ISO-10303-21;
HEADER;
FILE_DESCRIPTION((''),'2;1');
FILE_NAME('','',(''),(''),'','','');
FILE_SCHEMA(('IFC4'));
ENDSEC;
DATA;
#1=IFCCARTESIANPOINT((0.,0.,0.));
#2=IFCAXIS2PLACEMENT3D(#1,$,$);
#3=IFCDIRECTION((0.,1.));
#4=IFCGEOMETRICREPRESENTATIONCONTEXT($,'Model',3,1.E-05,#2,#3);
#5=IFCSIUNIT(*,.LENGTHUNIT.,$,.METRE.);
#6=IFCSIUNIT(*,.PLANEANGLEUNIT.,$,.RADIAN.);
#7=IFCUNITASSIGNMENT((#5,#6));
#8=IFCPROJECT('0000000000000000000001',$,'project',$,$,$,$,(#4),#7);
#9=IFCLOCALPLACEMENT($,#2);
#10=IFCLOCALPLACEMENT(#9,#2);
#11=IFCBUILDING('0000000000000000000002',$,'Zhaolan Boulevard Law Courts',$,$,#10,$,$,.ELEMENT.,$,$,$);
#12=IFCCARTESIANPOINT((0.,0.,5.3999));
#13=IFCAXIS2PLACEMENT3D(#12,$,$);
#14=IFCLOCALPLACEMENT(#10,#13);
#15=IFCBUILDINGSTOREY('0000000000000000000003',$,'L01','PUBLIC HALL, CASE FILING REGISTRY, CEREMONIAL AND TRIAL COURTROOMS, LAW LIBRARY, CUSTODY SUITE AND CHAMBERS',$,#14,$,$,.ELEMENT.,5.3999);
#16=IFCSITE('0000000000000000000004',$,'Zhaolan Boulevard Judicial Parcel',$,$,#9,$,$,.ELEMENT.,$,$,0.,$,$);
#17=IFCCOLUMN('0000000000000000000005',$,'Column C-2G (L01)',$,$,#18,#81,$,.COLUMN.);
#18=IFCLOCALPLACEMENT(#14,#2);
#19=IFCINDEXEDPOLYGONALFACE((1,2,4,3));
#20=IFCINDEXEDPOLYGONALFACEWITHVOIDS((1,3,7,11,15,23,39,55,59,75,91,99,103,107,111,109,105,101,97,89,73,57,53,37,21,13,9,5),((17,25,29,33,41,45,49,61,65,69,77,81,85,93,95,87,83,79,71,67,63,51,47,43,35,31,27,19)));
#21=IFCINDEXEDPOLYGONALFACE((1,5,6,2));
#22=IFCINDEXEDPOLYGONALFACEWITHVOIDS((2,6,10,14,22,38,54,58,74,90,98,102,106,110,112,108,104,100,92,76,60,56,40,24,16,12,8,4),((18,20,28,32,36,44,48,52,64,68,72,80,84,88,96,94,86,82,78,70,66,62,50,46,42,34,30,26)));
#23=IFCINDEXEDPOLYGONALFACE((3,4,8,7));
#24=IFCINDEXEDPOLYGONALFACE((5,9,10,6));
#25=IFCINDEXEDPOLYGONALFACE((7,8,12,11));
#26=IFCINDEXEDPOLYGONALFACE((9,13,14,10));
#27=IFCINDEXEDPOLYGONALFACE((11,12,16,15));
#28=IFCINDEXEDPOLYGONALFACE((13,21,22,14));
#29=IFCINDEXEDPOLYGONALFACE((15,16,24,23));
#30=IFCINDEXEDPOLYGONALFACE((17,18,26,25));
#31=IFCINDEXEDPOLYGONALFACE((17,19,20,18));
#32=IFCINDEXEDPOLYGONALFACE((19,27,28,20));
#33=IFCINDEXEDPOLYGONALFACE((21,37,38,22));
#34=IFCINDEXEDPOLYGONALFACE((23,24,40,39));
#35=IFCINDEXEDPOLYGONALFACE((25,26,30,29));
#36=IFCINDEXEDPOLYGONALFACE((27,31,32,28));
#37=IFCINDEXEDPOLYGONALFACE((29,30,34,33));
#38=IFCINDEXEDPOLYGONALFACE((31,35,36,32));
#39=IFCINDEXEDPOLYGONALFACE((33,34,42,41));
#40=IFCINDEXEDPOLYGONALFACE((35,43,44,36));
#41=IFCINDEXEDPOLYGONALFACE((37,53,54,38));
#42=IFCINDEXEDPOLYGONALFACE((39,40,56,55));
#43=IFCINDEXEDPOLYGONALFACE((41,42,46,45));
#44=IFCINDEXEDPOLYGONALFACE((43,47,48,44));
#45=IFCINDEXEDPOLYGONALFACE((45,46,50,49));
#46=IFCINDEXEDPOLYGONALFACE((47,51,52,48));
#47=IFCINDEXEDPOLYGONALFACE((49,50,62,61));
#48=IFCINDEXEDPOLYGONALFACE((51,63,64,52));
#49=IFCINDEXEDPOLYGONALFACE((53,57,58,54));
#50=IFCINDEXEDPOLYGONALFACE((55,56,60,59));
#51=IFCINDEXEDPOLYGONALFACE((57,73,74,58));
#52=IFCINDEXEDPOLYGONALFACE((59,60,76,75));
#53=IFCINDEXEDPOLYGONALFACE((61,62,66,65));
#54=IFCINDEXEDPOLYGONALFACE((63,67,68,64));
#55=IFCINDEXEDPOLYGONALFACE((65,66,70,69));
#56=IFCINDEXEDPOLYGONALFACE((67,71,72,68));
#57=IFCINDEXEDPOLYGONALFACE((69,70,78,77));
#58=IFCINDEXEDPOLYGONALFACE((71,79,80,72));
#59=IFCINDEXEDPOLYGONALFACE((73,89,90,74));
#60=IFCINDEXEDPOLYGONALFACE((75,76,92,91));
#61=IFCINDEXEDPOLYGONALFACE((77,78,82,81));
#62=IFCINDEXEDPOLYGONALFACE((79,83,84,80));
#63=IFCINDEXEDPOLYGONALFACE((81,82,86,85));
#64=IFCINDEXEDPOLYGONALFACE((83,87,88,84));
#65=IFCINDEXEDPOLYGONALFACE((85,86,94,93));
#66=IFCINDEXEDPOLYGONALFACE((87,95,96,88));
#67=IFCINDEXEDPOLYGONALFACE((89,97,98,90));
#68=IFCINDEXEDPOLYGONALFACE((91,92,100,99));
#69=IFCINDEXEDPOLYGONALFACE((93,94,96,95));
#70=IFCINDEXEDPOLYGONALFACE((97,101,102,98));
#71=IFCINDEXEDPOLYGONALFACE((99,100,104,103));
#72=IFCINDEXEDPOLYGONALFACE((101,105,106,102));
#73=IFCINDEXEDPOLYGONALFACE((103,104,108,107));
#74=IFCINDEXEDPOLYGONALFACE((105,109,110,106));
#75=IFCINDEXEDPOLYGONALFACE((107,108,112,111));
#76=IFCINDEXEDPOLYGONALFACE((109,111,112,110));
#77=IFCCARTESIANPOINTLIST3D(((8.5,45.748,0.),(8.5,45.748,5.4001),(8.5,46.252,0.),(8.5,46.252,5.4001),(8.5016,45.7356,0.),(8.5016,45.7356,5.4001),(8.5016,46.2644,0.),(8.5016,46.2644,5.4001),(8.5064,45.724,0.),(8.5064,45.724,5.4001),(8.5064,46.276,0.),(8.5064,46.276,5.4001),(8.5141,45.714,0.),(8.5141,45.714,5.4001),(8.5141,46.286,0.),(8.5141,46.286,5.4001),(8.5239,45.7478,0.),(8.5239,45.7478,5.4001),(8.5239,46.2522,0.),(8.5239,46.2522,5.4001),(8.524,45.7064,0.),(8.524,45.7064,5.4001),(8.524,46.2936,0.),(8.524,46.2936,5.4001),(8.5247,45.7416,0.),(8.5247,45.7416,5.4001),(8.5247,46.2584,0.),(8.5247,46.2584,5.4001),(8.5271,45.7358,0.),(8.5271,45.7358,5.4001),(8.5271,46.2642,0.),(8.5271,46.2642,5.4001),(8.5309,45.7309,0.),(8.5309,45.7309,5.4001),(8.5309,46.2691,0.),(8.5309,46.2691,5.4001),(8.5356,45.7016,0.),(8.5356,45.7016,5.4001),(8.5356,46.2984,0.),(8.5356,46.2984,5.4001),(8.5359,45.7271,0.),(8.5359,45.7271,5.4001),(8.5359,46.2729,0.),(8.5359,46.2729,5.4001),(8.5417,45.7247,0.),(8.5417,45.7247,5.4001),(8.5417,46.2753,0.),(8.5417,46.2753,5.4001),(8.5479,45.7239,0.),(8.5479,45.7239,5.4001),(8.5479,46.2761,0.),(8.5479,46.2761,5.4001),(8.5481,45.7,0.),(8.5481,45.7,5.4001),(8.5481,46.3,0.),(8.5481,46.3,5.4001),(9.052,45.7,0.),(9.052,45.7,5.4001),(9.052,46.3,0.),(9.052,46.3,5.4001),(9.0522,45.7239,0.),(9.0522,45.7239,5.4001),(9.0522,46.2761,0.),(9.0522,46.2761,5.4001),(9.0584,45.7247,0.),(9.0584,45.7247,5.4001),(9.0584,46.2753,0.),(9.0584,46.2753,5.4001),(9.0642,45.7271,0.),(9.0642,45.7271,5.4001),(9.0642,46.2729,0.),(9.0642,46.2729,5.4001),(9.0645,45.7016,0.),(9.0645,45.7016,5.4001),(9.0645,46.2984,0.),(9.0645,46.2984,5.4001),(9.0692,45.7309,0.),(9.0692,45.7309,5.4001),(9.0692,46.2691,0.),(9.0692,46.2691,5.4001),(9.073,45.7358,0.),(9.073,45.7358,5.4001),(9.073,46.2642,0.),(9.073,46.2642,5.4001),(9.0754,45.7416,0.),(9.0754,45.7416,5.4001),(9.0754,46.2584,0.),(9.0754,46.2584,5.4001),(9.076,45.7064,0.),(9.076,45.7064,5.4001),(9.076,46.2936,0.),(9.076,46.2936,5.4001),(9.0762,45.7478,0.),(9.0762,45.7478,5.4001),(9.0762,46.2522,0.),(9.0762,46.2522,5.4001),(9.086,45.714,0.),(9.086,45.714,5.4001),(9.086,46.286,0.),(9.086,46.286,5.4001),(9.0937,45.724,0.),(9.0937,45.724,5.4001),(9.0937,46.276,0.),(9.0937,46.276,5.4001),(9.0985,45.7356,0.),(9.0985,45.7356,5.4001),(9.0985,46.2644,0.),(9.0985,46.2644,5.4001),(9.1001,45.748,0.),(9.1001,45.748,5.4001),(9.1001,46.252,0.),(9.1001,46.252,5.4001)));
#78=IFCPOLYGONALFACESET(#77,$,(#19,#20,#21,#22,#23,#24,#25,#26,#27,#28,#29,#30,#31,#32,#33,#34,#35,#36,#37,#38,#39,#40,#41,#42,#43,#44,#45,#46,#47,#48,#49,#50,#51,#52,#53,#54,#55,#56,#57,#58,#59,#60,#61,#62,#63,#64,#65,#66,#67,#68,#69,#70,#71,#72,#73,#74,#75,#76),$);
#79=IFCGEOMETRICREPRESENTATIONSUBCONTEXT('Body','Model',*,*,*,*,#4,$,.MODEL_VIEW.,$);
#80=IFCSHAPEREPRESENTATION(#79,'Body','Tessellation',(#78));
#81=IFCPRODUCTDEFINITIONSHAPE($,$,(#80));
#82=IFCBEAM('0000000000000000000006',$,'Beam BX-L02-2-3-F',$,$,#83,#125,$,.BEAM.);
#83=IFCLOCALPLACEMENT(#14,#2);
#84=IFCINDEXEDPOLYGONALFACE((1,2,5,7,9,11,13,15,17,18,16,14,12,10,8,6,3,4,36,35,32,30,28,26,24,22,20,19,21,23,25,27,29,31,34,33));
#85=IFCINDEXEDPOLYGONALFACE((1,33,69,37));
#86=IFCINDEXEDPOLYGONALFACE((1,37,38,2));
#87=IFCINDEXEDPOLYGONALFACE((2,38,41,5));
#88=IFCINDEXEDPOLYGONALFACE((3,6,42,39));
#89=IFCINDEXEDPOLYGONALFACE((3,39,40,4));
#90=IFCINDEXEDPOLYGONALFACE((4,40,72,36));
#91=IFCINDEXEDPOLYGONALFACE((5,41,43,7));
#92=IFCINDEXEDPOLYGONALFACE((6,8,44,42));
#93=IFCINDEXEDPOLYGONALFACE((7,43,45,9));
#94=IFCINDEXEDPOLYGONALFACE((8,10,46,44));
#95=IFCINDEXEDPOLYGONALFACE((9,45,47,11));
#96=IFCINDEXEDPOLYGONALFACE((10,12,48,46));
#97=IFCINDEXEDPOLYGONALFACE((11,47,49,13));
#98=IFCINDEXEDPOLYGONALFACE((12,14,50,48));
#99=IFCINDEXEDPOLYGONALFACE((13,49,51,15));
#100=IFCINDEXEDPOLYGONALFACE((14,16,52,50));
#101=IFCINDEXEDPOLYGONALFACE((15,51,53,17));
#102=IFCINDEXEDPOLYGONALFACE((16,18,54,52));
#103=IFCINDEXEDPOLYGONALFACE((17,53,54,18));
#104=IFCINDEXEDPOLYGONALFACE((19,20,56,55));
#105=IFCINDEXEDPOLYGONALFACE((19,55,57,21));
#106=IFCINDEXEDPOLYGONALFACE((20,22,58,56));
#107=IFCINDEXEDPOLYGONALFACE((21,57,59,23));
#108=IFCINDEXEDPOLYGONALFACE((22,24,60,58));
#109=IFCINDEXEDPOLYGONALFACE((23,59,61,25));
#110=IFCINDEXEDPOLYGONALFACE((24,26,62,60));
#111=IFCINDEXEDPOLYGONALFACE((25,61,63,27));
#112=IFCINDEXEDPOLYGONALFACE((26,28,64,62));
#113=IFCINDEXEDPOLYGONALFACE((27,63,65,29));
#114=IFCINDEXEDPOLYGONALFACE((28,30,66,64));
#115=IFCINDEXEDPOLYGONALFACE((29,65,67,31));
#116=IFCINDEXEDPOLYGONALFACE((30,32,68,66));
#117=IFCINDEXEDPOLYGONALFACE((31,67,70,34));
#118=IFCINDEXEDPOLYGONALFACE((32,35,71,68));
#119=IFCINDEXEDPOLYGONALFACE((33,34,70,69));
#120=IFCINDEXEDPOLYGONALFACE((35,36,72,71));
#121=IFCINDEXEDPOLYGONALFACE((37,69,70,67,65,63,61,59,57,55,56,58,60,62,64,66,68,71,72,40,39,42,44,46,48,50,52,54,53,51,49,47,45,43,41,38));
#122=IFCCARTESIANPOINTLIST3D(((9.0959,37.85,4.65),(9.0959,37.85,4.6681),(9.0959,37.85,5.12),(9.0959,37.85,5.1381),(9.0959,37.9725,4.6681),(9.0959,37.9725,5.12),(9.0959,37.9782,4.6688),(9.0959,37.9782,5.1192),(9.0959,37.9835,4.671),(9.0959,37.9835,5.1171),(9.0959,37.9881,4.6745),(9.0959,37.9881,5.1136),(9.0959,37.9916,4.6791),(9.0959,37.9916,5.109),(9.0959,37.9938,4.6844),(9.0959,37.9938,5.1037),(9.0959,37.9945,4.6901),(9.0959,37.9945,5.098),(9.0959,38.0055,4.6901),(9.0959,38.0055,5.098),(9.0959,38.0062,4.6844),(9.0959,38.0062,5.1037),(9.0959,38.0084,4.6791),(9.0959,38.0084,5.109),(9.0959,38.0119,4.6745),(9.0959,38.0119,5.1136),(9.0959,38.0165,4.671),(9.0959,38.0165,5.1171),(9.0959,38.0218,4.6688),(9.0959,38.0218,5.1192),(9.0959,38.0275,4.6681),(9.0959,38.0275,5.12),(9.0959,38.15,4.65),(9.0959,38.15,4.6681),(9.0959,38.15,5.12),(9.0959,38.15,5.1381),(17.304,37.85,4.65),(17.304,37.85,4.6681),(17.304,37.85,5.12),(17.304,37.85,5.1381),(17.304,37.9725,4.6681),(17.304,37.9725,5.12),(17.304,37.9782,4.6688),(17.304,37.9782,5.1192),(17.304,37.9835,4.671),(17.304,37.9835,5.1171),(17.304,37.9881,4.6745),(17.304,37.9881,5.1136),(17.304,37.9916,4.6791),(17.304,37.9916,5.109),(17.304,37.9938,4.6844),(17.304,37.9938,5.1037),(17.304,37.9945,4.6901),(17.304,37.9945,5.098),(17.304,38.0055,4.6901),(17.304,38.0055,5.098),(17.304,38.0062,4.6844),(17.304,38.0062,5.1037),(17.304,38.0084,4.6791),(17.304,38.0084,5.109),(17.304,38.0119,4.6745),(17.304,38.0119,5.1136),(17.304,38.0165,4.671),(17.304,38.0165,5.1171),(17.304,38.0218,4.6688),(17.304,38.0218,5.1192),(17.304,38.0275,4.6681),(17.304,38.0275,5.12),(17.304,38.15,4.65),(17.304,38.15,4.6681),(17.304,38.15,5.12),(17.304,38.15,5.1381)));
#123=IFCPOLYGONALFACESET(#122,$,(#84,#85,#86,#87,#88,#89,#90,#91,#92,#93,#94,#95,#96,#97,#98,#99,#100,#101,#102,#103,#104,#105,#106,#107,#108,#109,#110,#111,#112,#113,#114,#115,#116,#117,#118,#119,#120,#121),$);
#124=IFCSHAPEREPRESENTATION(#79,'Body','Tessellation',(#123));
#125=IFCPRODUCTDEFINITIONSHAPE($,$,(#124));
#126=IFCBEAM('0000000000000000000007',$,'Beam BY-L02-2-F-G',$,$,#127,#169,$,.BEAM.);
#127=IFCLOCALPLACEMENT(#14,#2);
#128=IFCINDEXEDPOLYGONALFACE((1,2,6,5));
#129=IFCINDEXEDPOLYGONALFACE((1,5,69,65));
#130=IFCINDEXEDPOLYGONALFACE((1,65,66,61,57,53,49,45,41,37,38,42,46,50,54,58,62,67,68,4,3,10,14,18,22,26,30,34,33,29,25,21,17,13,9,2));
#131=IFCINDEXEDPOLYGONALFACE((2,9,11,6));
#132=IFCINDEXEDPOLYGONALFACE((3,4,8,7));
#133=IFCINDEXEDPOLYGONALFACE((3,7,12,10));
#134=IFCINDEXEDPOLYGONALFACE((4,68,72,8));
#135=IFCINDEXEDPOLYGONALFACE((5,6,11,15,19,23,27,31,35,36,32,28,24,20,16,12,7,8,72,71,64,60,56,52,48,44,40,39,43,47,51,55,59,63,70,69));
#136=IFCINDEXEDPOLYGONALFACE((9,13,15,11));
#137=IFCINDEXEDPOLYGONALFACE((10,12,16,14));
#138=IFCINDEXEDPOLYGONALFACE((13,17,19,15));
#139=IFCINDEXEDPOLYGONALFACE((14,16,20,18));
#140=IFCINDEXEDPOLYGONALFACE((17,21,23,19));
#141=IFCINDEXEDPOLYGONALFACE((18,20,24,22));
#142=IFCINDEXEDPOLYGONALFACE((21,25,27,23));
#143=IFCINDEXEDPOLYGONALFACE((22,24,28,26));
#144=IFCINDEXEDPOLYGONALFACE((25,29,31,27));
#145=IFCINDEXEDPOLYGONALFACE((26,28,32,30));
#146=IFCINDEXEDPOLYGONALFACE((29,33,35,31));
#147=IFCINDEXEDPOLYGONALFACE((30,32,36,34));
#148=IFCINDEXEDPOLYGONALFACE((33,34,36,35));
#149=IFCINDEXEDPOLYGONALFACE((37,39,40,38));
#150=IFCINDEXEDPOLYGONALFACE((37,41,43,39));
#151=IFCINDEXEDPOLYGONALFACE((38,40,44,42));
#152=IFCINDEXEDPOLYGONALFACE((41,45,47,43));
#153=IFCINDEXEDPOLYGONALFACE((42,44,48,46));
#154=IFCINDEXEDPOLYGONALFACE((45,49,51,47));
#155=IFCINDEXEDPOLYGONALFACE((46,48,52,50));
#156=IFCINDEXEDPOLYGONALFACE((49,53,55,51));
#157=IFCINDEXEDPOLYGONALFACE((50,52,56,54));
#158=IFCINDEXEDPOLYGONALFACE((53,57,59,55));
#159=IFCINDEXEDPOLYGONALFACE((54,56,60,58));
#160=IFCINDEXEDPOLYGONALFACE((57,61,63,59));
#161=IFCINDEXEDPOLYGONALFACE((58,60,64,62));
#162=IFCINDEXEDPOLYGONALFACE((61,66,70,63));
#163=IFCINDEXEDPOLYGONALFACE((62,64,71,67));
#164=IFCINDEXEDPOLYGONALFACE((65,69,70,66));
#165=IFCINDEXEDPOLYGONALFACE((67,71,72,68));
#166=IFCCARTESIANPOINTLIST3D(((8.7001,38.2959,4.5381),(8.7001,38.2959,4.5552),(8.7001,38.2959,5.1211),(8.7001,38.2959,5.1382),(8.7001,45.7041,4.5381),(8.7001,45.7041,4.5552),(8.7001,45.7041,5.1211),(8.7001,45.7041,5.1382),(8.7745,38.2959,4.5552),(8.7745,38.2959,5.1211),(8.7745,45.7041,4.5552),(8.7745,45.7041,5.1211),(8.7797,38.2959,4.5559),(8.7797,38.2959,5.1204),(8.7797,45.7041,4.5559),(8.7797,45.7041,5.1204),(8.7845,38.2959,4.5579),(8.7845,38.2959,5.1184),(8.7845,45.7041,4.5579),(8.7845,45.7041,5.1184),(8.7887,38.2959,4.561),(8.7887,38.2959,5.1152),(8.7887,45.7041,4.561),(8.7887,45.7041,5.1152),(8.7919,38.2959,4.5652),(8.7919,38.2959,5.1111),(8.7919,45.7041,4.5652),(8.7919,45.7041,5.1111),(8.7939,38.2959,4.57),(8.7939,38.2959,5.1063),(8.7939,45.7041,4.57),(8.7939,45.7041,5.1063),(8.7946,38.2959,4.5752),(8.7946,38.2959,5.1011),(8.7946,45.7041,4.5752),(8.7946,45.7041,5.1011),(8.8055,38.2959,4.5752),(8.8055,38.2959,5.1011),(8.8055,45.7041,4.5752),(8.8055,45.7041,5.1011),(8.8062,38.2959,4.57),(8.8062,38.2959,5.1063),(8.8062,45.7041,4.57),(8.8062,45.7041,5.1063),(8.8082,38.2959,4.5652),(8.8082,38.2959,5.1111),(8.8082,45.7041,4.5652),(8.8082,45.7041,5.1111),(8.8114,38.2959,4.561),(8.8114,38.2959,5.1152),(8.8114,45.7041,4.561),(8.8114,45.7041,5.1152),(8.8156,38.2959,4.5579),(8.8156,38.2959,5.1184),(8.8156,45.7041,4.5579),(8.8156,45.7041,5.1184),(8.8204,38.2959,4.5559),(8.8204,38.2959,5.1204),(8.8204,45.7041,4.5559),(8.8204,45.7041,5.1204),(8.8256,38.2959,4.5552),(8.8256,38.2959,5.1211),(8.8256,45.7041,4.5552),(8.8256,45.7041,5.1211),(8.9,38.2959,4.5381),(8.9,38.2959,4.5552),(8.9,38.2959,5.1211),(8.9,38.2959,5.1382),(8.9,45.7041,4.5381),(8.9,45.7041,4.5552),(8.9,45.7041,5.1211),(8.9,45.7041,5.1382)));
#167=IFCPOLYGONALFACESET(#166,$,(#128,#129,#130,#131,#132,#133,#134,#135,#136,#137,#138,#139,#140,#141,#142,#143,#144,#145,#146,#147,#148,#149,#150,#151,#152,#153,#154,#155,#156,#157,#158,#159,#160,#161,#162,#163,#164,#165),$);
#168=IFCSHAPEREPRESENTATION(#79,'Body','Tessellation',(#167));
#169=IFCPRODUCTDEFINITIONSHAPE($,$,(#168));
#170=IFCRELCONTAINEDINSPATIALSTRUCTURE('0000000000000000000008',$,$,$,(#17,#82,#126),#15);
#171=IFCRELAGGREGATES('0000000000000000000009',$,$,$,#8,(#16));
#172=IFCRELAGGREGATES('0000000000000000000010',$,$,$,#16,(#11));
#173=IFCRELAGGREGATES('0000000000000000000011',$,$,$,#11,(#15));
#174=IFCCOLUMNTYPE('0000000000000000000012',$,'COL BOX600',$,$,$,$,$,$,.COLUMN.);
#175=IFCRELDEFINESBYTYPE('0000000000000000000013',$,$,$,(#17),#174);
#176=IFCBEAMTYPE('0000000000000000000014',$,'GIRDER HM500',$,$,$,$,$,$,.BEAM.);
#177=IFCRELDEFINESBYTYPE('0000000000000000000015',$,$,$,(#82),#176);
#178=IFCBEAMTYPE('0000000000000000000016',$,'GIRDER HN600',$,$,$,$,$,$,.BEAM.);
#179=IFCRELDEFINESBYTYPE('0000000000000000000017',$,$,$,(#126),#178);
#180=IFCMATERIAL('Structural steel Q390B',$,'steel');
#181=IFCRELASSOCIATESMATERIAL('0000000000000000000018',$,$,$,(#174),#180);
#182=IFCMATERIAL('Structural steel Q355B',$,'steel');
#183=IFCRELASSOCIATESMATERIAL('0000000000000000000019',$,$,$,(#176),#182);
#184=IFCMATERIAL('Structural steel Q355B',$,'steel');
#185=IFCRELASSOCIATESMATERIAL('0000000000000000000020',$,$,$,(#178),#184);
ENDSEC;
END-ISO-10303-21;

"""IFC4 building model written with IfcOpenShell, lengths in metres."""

from ifc_helpers import new_model, si_unit, direction, frame, origin, origin_2d, place, context, subcontext, project, spatial, hollow_rectangle, i_section, extrude, material, material_profile, profile_set, type_object, element, save


model = new_model("IFC4")

# Units and contexts
model_context = context("Model", 3, precision=1e-05, world=origin(), true_north=direction((0.0, 1.0)))
body_context = subcontext(model_context, "Body", "Model", "MODEL_VIEW")
ifc_project = project(units=[si_unit("LENGTHUNIT", "METRE"), si_unit("PLANEANGLEUNIT", "RADIAN")], contexts=[model_context])

# Site, building, storey
site_placement = place(None, origin())
site = spatial("IfcSite", under=ifc_project, at=site_placement, Name="Zhaolan Boulevard Judicial Parcel", CompositionType="ELEMENT", RefElevation=0.0)
building_placement = place(site_placement, origin())
building = spatial("IfcBuilding", under=site, at=building_placement, Name="Zhaolan Boulevard Law Courts", CompositionType="ELEMENT")
storey_placement = place(building_placement, frame((0.0, 0.0, 5.3999)))
storey = spatial("IfcBuildingStorey", under=building, at=storey_placement, Name="L01", Description="PUBLIC HALL, CASE FILING REGISTRY, CEREMONIAL AND TRIAL COURTROOMS, LAW LIBRARY, CUSTODY SUITE AND CHAMBERS", CompositionType="ELEMENT", Elevation=5.3999)

# Column
ifc_material_1 = material(Name="Structural steel Q390B", Category="steel")
ifc_material_profile_1 = material_profile(ifc_material_1, hollow_rectangle(XDim=0.6001, YDim=0.6001, WallThickness=0.0239, InnerFilletRadius=0.0239, OuterFilletRadius=0.0481, at=origin_2d()), Name="BOX600x600x24")
ifc_profile_set_1 = profile_set([ifc_material_profile_1], Name="Structural steel Q390B")
column_type = type_object("IfcColumnType", Name="COL BOX600", PredefinedType="COLUMN", material=ifc_profile_set_1)
column_placement = place(storey_placement, frame((8.8, 46.0, 0.0), z_axis=(0.0, 0.0, 1.0), x_axis=(1.0, 0.0, 0.0)))
element("IfcColumn", 1, at=column_placement, inside=storey, type_object=column_type, Name="Column C-2G (L01)", PredefinedType="COLUMN", context=body_context, shape_type="SweptSolid", body=[
    extrude(hollow_rectangle(XDim=0.6001, YDim=0.6001, WallThickness=0.0239, InnerFilletRadius=0.0239, OuterFilletRadius=0.0481, at=origin_2d()), origin(), (0.0, 0.0, 1.0), 5.4001),
])

# Beams
ifc_material_2 = material(Name="Structural steel Q355B", Category="steel")
ifc_material_profile_2 = material_profile(ifc_material_2, i_section(OverallWidth=0.3, OverallDepth=0.488, WebThickness=0.011, FlangeThickness=0.0181, FilletRadius=0.022, at=origin_2d()), Name="HM488x300")
ifc_profile_set_2 = profile_set([ifc_material_profile_2], Name="Structural steel Q355B")
beam_type_1 = type_object("IfcBeamType", Name="GIRDER HM500", PredefinedType="BEAM", material=ifc_profile_set_2)
beam_1_placement = place(storey_placement, frame((9.0959, 38.0, 4.894), z_axis=(1.0, 0.0, 0.0), x_axis=(0.0, 1.0, 0.0)))
element("IfcBeam", 2, at=beam_1_placement, inside=storey, type_object=beam_type_1, Name="Beam BX-L02-2-3-F", PredefinedType="BEAM", context=body_context, shape_type="SweptSolid", body=[
    extrude(i_section(OverallWidth=0.3, OverallDepth=0.488, WebThickness=0.011, FlangeThickness=0.0181, FilletRadius=0.022, at=origin_2d()), origin(), (0.0, 0.0, 1.0), 8.208),
])
ifc_material_3 = material(Name="Structural steel Q355B", Category="steel")
ifc_material_profile_3 = material_profile(ifc_material_3, i_section(OverallWidth=0.2, OverallDepth=0.6001, WebThickness=0.011, FlangeThickness=0.0171, FilletRadius=0.02, at=origin_2d()), Name="HN600x200")
ifc_profile_set_3 = profile_set([ifc_material_profile_3], Name="Structural steel Q355B")
beam_type_2 = type_object("IfcBeamType", Name="GIRDER HN600", PredefinedType="BEAM", material=ifc_profile_set_3)
for number, where, z_axis, x_axis, name in (
    (3, (8.8, 38.2959, 4.8381), (0.0, 1.0, 0.0), (-1.0, 0.0, 0.0), "Beam BY-L02-2-F-G"),
):
    element("IfcBeam", number, at=place(storey_placement, frame(where, z_axis=z_axis, x_axis=x_axis)), inside=storey, type_object=beam_type_2, Name=name, PredefinedType="BEAM", context=body_context, shape_type="SweptSolid", body=[
        extrude(i_section(OverallWidth=0.2, OverallDepth=0.6001, WebThickness=0.011, FlangeThickness=0.0171, FilletRadius=0.02, at=origin_2d()), origin(), (0.0, 0.0, 1.0), 7.4082),
    ])

save(model, "model.ifc")
